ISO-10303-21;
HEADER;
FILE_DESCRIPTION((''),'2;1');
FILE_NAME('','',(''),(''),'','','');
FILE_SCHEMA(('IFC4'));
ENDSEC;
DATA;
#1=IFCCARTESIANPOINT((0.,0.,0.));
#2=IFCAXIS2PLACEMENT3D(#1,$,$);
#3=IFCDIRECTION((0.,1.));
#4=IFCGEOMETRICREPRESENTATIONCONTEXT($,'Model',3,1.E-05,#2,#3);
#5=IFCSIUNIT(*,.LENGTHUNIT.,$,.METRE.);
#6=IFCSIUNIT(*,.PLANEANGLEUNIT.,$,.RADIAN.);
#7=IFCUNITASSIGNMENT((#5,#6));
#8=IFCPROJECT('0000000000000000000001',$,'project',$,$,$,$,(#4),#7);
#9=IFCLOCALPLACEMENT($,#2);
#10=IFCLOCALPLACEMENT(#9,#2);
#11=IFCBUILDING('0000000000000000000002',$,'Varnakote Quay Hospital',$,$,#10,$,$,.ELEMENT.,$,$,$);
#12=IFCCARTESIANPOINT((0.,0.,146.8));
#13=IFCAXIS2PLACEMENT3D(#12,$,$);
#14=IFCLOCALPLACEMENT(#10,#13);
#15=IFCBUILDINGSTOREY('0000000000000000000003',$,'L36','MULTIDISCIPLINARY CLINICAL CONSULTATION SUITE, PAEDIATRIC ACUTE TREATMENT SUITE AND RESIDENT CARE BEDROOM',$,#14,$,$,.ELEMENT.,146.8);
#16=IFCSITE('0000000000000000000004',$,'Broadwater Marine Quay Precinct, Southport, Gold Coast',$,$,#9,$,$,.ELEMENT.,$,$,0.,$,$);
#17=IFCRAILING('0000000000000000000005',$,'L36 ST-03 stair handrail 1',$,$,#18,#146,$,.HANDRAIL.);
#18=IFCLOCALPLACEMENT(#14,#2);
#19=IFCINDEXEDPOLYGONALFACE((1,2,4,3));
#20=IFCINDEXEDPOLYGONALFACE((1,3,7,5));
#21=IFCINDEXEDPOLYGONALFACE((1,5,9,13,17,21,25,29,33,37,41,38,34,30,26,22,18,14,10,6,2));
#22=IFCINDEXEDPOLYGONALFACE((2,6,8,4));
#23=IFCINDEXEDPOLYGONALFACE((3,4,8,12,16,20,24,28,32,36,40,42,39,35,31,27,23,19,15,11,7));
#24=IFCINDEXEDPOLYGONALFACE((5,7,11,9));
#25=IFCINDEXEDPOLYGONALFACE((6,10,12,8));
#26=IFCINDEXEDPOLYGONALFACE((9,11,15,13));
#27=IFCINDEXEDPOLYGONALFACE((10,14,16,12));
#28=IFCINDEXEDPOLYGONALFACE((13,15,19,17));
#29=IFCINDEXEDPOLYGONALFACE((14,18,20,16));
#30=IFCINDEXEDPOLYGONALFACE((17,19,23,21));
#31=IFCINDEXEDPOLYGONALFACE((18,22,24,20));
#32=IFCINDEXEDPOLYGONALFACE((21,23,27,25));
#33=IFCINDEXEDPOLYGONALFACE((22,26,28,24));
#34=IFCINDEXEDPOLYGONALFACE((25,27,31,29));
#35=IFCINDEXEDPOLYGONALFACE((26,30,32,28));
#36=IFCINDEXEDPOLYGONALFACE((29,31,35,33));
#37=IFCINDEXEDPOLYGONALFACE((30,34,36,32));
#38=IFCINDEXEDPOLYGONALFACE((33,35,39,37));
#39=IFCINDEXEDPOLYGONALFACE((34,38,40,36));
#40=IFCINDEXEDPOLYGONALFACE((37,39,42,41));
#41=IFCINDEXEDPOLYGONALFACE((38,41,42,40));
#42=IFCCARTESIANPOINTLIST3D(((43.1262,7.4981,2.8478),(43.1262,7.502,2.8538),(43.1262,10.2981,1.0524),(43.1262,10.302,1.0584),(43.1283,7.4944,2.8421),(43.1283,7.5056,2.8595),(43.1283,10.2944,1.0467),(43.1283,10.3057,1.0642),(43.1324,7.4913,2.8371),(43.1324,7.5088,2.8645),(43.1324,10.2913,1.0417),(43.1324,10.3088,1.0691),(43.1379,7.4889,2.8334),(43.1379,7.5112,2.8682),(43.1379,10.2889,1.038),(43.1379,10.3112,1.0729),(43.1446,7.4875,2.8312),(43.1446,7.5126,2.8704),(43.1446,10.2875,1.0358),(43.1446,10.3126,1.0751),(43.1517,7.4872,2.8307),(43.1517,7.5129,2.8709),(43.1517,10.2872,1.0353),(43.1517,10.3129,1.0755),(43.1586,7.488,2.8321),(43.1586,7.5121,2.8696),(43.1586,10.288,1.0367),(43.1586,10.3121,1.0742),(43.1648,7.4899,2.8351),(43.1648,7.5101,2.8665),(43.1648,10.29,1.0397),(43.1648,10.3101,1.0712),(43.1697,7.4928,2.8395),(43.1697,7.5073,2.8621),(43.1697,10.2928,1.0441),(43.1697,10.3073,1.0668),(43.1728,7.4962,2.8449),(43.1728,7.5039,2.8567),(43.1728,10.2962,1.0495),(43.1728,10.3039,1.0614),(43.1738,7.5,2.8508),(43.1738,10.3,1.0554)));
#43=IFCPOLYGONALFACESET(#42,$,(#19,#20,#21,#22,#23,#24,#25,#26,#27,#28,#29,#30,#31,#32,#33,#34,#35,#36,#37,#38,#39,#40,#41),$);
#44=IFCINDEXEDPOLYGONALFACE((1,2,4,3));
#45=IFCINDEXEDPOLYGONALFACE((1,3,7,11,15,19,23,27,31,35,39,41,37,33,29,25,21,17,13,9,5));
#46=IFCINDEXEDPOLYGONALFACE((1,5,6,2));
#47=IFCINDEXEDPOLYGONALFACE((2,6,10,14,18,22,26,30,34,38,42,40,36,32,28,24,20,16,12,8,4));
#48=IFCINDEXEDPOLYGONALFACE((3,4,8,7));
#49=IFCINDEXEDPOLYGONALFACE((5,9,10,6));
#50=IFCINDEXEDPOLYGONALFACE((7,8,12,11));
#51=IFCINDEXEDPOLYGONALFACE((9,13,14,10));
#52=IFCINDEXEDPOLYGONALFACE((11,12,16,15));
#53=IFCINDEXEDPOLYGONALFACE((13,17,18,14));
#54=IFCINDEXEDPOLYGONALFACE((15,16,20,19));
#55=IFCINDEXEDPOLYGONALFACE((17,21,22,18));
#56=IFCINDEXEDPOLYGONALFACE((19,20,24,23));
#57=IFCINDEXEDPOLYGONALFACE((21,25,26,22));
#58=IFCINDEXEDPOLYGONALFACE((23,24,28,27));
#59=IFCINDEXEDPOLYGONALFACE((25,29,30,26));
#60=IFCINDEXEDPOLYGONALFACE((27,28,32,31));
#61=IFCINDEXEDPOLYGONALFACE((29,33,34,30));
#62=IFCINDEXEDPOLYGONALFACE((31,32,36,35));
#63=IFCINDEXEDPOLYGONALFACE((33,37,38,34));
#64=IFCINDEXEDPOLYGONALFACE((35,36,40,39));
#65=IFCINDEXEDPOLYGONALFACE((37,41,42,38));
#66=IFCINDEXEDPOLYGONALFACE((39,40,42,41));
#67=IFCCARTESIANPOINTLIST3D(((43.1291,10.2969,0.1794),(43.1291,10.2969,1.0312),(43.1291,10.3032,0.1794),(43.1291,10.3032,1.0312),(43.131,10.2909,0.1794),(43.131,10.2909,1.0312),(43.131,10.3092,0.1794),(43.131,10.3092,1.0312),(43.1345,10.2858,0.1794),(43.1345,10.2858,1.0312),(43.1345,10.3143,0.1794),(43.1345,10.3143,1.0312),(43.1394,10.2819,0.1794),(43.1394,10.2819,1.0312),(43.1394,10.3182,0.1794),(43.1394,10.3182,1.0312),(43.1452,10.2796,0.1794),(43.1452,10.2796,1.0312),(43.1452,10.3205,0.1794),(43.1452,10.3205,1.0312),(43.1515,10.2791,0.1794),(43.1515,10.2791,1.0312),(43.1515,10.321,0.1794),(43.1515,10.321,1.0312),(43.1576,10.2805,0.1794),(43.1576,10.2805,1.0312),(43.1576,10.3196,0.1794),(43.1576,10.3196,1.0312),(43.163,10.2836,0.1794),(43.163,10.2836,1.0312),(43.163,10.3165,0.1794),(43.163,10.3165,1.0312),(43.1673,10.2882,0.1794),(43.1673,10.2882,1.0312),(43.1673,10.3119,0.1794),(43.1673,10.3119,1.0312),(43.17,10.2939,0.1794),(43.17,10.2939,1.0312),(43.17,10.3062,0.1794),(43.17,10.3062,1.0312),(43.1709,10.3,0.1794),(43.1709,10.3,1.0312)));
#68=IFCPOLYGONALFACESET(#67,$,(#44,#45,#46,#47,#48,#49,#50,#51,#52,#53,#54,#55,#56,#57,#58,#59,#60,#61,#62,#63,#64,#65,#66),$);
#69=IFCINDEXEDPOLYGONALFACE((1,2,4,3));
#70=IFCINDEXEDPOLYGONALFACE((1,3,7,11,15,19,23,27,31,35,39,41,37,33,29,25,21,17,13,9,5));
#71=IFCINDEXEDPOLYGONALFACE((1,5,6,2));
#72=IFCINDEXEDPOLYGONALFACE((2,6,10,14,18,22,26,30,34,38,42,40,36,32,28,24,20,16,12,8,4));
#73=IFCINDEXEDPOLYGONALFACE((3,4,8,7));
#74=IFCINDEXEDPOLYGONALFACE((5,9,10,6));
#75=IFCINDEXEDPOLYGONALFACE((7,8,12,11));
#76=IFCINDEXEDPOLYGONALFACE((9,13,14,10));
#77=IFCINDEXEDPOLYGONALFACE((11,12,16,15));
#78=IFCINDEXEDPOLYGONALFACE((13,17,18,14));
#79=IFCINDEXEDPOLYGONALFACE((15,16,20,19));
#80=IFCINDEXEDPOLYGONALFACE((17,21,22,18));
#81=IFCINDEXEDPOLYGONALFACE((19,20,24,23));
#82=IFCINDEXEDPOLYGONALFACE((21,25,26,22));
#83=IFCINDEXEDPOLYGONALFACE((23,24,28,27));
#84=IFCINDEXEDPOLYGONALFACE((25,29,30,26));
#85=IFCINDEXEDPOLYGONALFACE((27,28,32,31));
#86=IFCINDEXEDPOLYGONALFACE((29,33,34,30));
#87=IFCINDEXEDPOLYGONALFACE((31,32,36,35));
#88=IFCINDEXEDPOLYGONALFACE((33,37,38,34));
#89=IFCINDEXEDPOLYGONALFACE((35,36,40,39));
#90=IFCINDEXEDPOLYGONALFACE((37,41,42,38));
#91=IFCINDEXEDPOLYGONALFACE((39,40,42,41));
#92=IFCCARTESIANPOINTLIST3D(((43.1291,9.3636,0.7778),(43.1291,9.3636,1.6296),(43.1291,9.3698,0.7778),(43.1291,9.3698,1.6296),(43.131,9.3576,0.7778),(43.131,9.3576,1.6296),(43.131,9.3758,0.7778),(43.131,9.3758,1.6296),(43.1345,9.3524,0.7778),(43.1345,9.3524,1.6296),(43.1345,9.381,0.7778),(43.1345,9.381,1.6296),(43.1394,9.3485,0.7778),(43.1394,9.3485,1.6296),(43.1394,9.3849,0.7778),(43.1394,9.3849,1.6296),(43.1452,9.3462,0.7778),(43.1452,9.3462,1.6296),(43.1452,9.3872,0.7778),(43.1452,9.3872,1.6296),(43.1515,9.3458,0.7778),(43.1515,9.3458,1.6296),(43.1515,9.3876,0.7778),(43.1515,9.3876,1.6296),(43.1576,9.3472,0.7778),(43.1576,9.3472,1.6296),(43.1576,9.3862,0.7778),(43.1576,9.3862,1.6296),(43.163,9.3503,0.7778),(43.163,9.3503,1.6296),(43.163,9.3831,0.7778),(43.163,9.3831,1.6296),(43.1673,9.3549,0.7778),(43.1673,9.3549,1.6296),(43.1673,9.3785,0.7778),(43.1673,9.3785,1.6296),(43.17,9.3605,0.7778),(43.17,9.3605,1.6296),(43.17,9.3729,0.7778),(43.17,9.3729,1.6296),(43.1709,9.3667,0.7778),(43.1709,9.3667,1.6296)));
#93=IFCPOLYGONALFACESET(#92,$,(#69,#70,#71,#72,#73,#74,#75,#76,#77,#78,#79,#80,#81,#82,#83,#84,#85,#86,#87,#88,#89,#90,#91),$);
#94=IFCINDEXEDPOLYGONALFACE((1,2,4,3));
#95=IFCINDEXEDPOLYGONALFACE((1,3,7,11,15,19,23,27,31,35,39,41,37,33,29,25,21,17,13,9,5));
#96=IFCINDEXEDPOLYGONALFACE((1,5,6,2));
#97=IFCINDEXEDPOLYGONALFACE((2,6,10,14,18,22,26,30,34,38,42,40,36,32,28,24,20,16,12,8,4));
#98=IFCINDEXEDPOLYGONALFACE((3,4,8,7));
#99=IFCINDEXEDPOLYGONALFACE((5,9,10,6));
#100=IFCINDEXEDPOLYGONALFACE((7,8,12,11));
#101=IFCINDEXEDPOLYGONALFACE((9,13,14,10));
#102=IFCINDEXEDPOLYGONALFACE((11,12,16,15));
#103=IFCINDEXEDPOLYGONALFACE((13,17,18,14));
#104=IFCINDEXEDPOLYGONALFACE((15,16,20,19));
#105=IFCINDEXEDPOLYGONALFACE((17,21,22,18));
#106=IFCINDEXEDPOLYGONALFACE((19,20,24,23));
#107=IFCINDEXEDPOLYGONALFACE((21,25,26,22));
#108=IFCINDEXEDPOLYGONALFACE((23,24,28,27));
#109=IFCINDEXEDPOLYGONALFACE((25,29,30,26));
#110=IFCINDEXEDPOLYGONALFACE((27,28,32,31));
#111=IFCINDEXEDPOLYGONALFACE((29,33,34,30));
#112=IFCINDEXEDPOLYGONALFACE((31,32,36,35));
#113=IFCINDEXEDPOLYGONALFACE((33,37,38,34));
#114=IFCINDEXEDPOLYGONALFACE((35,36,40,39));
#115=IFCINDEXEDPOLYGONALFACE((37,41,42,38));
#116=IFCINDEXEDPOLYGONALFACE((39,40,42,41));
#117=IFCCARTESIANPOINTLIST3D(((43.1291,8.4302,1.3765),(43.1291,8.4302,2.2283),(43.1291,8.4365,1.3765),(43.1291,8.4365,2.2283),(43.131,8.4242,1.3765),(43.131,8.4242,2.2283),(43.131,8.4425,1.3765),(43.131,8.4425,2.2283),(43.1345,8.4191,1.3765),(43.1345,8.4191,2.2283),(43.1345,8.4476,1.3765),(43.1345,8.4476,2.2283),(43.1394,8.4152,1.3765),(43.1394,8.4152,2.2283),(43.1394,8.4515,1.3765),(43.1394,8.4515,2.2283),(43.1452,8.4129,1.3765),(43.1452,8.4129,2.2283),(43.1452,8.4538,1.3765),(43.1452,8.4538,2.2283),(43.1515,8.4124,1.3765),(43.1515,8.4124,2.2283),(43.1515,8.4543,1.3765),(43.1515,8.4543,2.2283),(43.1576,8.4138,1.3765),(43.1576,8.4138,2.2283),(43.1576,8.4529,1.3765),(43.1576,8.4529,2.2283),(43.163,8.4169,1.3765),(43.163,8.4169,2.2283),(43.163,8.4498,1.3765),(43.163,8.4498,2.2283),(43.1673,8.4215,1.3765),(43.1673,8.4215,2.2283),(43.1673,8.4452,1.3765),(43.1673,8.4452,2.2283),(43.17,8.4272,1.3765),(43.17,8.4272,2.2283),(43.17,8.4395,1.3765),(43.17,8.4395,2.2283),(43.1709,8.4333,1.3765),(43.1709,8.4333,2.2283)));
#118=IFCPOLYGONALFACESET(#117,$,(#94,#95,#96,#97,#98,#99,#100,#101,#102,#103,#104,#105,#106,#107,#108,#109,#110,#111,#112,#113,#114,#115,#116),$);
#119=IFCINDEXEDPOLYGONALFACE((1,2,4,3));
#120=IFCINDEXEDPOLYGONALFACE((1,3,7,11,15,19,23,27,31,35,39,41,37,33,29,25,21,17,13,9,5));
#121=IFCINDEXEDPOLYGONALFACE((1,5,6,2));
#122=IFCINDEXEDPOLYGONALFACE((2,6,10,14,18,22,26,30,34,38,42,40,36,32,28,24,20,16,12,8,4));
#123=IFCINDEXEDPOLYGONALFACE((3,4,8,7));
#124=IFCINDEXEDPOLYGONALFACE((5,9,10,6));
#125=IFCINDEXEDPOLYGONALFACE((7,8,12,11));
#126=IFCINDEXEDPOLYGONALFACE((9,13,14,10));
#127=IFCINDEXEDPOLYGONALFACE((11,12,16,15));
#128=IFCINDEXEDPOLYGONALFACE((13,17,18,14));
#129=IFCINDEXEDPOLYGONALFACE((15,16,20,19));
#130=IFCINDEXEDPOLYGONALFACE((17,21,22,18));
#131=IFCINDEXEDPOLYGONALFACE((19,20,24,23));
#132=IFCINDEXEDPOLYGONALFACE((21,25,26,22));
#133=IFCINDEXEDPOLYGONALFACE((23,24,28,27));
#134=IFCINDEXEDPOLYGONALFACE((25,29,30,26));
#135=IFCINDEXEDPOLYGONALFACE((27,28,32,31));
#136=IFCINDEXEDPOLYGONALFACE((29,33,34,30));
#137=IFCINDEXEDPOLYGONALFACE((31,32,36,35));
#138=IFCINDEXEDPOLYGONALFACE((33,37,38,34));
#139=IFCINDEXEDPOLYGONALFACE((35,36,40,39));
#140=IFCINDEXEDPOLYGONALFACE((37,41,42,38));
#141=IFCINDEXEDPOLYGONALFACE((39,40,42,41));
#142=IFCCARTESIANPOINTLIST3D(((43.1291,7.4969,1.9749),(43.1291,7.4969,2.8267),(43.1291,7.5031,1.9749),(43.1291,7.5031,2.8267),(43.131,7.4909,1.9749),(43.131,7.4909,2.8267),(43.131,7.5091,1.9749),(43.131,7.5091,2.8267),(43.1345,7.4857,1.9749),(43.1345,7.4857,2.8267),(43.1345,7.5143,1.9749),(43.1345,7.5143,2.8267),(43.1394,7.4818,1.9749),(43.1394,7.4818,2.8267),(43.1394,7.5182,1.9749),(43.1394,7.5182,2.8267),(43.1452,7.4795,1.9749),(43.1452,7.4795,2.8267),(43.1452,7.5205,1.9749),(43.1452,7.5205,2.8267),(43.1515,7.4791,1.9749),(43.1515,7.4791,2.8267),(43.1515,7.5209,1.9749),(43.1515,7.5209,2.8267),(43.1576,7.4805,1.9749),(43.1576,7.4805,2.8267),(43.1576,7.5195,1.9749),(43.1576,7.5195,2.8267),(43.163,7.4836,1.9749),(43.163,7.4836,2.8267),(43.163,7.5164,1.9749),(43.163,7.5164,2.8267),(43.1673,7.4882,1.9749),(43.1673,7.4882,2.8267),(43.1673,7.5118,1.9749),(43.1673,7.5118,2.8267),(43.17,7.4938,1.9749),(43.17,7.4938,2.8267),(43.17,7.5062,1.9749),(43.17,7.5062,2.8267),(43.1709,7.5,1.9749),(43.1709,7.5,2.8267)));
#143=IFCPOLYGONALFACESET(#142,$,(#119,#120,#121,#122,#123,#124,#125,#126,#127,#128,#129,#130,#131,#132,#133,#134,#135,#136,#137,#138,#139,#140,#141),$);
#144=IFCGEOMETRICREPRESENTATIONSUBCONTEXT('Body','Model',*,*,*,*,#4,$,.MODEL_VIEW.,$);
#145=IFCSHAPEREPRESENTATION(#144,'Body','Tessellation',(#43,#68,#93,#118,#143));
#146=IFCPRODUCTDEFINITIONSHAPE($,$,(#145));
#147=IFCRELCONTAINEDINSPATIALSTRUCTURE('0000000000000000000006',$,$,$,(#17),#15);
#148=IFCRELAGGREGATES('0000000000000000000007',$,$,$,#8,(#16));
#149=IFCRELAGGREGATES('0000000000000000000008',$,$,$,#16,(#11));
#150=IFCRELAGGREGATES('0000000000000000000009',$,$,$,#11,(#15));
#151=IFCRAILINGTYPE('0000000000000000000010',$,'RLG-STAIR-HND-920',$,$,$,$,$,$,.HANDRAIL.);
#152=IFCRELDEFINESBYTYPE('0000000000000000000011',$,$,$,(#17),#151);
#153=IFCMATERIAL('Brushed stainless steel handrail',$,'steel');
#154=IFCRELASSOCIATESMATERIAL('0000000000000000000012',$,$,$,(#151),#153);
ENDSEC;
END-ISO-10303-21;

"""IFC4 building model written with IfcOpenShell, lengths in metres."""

from ifc_helpers import new_model, si_unit, direction, frame, origin, origin_2d, place, context, subcontext, project, spatial, circle, extrude, material, type_object, element, save


model = new_model("IFC4")

# Units and contexts
model_context = context("Model", 3, precision=1e-05, world=origin(), true_north=direction((0.0, 1.0)))
body_context = subcontext(model_context, "Body", "Model", "MODEL_VIEW")
ifc_project = project(units=[si_unit("LENGTHUNIT", "METRE"), si_unit("PLANEANGLEUNIT", "RADIAN")], contexts=[model_context])

# Site, building, storey
site_placement = place(None, origin())
site = spatial("IfcSite", under=ifc_project, at=site_placement, Name="Broadwater Marine Quay Precinct, Southport, Gold Coast", CompositionType="ELEMENT", RefElevation=0.0)
building_placement = place(site_placement, origin())
building = spatial("IfcBuilding", under=site, at=building_placement, Name="Varnakote Quay Hospital", CompositionType="ELEMENT")
storey_placement = place(building_placement, frame((0.0, 0.0, 146.8)))
storey = spatial("IfcBuildingStorey", under=building, at=storey_placement, Name="L36", Description="MULTIDISCIPLINARY CLINICAL CONSULTATION SUITE, PAEDIATRIC ACUTE TREATMENT SUITE AND RESIDENT CARE BEDROOM", CompositionType="ELEMENT", Elevation=146.8)

# Railing
ifc_material_1 = material(Name="Brushed stainless steel handrail", Category="steel")
railing_type_1 = type_object("IfcRailingType", Name="RLG-STAIR-HND-920", PredefinedType="HANDRAIL", material=ifc_material_1)
railing_1_placement = place(storey_placement, frame((43.1499, 10.3, 0.1794)))
element("IfcRailing", 1, at=railing_1_placement, inside=storey, type_object=railing_type_1, Name="L36 ST-03 stair handrail 1", PredefinedType="HANDRAIL", context=body_context, shape_type="SweptSolid", body=[
    extrude(circle(Radius=0.0239, at=origin_2d()), frame((0.0, 0.0, 0.876), z_axis=(0.0, -0.84181, 0.539774), x_axis=(1.0, 0.0, 0.0)), (0.0, 0.0, 1.0), 3.3262),
    extrude(circle(Radius=0.021, at=origin_2d()), origin(), (0.0, 0.0, 1.0), 0.8518),
    extrude(circle(Radius=0.021, at=origin_2d()), frame((0.0, -0.9333, 0.5984)), (0.0, 0.0, 1.0), 0.8518),
    extrude(circle(Radius=0.021, at=origin_2d()), frame((0.0, -1.8667, 1.197)), (0.0, 0.0, 1.0), 0.8518),
    extrude(circle(Radius=0.021, at=origin_2d()), frame((0.0, -2.8, 1.7954)), (0.0, 0.0, 1.0), 0.8518),
])

save(model, "model.ifc")
